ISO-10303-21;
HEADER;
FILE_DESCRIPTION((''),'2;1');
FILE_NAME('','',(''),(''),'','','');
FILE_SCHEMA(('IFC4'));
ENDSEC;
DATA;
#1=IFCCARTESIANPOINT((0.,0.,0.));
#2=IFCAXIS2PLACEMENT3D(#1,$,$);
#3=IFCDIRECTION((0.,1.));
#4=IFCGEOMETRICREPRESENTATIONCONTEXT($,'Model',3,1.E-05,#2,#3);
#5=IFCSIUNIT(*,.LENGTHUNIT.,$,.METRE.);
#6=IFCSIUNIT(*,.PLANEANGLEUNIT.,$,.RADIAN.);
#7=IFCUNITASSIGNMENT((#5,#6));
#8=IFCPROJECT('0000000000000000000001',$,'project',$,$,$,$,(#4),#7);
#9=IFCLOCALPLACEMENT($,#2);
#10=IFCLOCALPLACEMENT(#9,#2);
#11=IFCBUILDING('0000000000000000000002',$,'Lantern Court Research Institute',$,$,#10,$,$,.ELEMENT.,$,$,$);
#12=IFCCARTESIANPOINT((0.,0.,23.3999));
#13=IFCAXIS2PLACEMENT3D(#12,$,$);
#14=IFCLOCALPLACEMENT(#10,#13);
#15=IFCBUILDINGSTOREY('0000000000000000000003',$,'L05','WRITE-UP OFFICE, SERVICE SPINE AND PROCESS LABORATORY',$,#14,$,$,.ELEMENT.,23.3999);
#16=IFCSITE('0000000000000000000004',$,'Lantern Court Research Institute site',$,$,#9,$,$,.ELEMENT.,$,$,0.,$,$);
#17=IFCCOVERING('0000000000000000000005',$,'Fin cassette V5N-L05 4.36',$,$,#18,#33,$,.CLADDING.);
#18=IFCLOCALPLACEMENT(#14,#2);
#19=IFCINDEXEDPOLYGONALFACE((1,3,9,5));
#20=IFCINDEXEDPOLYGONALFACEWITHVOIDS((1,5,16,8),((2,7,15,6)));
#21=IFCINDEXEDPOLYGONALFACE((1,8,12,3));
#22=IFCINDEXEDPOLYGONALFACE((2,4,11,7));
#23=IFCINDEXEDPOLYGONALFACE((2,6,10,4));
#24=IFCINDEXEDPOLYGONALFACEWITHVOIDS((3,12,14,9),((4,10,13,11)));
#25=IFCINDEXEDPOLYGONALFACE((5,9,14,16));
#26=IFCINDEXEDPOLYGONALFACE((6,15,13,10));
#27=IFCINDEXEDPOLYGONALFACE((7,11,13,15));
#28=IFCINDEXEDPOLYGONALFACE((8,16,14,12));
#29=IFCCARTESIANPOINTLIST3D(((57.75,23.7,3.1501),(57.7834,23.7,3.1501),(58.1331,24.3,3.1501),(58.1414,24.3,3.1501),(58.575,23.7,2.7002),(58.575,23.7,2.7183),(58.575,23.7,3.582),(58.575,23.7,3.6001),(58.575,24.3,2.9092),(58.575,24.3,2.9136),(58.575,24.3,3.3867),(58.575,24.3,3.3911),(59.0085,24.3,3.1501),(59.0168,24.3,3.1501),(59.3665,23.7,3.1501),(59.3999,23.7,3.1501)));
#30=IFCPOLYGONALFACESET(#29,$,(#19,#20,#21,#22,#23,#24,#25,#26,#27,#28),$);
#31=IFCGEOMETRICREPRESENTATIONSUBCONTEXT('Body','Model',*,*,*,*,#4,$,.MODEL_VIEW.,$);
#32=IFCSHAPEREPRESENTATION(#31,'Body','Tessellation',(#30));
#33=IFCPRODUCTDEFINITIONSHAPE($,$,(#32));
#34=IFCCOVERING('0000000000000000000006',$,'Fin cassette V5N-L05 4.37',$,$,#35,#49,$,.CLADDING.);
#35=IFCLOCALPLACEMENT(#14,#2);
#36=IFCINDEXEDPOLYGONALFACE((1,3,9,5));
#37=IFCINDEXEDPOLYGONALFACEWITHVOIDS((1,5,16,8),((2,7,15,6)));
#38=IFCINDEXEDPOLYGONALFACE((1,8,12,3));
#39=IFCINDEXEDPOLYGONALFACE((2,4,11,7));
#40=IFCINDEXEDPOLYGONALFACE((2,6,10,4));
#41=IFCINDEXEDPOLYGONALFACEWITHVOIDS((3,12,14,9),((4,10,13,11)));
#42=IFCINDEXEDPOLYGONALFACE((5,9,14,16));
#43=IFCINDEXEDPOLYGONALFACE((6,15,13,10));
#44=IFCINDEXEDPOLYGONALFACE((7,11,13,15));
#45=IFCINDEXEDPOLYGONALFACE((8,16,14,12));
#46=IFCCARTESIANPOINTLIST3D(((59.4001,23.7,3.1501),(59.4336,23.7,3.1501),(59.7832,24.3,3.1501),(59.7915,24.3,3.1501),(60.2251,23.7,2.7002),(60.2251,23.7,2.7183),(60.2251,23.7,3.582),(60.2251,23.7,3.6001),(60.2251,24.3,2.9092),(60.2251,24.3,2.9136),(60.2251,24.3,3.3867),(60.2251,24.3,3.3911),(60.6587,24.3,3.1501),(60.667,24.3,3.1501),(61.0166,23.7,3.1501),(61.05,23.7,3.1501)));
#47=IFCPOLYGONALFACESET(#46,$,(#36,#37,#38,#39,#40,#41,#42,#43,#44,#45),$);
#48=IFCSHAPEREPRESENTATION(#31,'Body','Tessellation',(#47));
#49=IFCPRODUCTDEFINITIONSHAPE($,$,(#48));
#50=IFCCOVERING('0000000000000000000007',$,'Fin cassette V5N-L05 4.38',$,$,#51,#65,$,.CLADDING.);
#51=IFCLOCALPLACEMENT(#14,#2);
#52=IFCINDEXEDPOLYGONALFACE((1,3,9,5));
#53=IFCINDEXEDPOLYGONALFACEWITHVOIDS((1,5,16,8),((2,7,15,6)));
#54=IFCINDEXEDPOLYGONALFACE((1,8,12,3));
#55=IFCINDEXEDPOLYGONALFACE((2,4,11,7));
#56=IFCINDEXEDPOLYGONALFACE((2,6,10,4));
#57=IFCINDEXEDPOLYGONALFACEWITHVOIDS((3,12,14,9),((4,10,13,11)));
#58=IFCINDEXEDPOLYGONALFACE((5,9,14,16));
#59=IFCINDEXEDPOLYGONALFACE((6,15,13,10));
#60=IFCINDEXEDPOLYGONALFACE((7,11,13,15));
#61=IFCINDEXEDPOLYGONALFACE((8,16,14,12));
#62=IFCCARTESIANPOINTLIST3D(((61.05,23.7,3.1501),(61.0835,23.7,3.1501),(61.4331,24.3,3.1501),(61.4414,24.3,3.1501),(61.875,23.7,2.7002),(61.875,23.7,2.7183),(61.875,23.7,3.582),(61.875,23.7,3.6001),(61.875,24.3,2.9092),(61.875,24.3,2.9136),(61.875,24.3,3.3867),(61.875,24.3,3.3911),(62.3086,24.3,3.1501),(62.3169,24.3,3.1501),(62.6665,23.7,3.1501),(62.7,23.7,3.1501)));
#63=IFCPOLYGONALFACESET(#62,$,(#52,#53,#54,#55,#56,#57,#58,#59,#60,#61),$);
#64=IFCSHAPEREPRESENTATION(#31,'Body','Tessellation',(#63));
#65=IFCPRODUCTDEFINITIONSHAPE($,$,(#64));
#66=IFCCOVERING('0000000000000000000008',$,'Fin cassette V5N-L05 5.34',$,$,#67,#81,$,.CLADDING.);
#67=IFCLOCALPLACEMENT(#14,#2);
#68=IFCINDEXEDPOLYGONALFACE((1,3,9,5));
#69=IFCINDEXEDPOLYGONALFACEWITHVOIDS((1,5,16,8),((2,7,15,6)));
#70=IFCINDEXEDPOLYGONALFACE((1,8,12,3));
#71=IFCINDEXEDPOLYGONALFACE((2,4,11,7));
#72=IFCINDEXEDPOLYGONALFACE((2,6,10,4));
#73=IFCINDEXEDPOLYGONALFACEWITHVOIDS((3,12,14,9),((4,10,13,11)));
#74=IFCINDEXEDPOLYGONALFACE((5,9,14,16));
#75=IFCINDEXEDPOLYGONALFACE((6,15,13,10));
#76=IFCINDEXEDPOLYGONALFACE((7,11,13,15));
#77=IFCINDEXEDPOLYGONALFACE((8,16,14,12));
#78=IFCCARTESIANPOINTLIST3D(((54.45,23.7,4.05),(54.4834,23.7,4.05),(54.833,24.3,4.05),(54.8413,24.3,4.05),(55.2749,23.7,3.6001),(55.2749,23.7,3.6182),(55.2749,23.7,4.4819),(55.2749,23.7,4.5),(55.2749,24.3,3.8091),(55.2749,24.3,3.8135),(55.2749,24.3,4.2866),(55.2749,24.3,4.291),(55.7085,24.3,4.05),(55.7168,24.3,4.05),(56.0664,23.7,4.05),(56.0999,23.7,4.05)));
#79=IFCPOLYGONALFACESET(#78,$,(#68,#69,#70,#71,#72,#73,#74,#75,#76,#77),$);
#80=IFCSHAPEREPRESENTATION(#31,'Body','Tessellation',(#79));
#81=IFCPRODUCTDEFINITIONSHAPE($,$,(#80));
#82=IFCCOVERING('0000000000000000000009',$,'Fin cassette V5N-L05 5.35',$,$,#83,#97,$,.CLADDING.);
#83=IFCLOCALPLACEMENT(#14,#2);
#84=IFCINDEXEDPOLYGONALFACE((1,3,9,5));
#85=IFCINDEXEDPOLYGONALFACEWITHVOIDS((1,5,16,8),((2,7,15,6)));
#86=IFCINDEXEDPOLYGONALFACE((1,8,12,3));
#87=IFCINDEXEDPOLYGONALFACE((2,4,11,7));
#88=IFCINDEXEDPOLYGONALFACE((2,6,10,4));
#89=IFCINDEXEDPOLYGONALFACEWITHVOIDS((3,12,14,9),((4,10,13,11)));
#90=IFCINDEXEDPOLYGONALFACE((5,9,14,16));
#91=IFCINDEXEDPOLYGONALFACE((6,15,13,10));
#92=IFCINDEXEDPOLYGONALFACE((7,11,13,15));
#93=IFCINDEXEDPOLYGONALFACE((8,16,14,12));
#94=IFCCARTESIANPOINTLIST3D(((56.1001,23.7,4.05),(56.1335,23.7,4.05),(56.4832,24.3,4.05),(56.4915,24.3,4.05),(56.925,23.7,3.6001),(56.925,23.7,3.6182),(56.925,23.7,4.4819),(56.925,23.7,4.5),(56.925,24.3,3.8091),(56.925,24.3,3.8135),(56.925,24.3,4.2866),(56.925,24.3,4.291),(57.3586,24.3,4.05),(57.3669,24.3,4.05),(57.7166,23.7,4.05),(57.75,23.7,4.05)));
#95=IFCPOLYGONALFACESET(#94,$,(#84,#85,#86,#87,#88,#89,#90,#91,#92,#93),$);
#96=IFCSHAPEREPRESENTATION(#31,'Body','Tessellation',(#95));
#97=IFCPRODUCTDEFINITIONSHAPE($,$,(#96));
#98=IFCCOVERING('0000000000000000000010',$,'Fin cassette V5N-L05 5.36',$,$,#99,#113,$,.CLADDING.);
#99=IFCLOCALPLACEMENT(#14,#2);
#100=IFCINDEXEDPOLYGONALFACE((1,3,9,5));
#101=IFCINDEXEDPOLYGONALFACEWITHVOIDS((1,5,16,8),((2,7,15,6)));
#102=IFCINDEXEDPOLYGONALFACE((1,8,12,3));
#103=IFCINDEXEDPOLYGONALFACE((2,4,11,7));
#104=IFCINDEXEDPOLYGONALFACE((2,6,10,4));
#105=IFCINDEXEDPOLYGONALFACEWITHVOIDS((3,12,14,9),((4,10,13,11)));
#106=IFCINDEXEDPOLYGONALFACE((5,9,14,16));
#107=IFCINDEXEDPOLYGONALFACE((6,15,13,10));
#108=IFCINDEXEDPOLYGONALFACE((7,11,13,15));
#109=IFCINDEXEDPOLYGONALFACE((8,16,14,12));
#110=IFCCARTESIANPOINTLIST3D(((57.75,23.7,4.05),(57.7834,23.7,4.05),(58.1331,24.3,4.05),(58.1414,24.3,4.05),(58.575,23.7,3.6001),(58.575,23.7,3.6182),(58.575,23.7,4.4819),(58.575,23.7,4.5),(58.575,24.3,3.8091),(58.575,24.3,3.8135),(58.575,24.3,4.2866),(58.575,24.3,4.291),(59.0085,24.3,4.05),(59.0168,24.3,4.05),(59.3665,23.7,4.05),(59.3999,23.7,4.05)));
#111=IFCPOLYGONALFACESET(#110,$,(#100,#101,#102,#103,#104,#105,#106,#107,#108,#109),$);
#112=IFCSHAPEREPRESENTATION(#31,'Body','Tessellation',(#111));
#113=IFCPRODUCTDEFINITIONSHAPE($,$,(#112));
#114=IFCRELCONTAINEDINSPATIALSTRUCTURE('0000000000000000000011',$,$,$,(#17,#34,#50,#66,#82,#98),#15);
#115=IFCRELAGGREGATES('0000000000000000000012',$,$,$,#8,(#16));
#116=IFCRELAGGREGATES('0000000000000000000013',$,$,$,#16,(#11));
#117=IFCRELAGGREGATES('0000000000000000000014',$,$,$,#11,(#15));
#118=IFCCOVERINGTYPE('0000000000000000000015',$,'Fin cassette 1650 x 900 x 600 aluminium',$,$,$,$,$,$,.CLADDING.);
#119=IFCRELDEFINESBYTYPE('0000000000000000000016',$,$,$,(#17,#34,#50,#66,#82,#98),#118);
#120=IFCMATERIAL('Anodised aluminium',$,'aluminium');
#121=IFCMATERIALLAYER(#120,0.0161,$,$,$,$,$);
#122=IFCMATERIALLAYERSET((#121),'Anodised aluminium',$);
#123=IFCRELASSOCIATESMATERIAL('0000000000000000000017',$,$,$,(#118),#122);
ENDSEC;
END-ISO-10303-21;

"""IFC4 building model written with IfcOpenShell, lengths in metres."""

from ifc_helpers import new_model, entity, si_unit, direction, frame, origin, place, context, subcontext, project, spatial, material, layer, layer_set, type_object, element, save


model = new_model("IFC4")

# Units and contexts
model_context = context("Model", 3, precision=1e-05, world=origin(), true_north=direction((0.0, 1.0)))
body_context = subcontext(model_context, "Body", "Model", "MODEL_VIEW")
ifc_project = project(units=[si_unit("LENGTHUNIT", "METRE"), si_unit("PLANEANGLEUNIT", "RADIAN")], contexts=[model_context])

# Site, building, storey
site_placement = place(None, origin())
site = spatial("IfcSite", under=ifc_project, at=site_placement, Name="Lantern Court Research Institute site", CompositionType="ELEMENT", RefElevation=0.0)
building_placement = place(site_placement, origin())
building = spatial("IfcBuilding", under=site, at=building_placement, Name="Lantern Court Research Institute", CompositionType="ELEMENT")
storey_placement = place(building_placement, frame((0.0, 0.0, 23.3999)))
storey = spatial("IfcBuildingStorey", under=building, at=storey_placement, Name="L05", Description="WRITE-UP OFFICE, SERVICE SPINE AND PROCESS LABORATORY", CompositionType="ELEMENT", Elevation=23.3999)

# Coverings
ifc_material = material(Name="Anodised aluminium", Category="aluminium")
ifc_layer = layer(ifc_material, 0.0161)
ifc_layer_set = layer_set([ifc_layer], Name="Anodised aluminium")
covering_type = type_object("IfcCoveringType", Name="Fin cassette 1650 x 900 x 600 aluminium", PredefinedType="CLADDING", material=ifc_layer_set)
covering_1_placement = place(storey_placement, frame((58.575, 23.7, 3.1501), z_axis=(0.0, 1.0, 0.0), x_axis=(-1.0, 0.0, 0.0)))
cartesian_point_1 = entity("IfcCartesianPoint", [0.825, 0.0])
cartesian_point_2 = entity("IfcCartesianPoint", [0.7915, 0.0])
cartesian_point_3 = entity("IfcCartesianPoint", [0.4419, 0.0])
cartesian_point_4 = entity("IfcCartesianPoint", [0.4336, 0.0])
element("IfcCovering", 1, at=covering_1_placement, inside=storey, type_object=covering_type, Name="Fin cassette V5N-L05 4.36", PredefinedType="CLADDING", context=body_context, shape_type="SweptSolid", body=[
    entity("IfcExtrudedAreaSolidTapered", entity("IfcArbitraryProfileDefWithVoids", "AREA", None, entity("IfcPolyline", [cartesian_point_1, entity("IfcCartesianPoint", [0.0, 0.45]), entity("IfcCartesianPoint", [-0.825, 0.0]), entity("IfcCartesianPoint", [0.0, -0.45]), cartesian_point_1]), [entity("IfcPolyline", [cartesian_point_2, entity("IfcCartesianPoint", [0.0, 0.4319]), entity("IfcCartesianPoint", [-0.7915, 0.0]), entity("IfcCartesianPoint", [0.0, -0.4319]), cartesian_point_2])]), entity("IfcAxis2Placement3D", entity("IfcCartesianPoint", [0.0, 0.0, 0.0])), entity("IfcDirection", [0.0, 0.0, 1.0]), 0.6001, entity("IfcArbitraryProfileDefWithVoids", "AREA", None, entity("IfcPolyline", [cartesian_point_3, entity("IfcCartesianPoint", [0.0, 0.241]), entity("IfcCartesianPoint", [-0.4419, 0.0]), entity("IfcCartesianPoint", [0.0, -0.241]), cartesian_point_3]), [entity("IfcPolyline", [cartesian_point_4, entity("IfcCartesianPoint", [0.0, 0.2366]), entity("IfcCartesianPoint", [-0.4336, 0.0]), entity("IfcCartesianPoint", [0.0, -0.2366]), cartesian_point_4])])),
])
covering_2_placement = place(storey_placement, frame((60.2251, 23.7, 3.1501), z_axis=(0.0, 1.0, 0.0), x_axis=(-1.0, 0.0, 0.0)))
cartesian_point_5 = entity("IfcCartesianPoint", [0.825, 0.0])
cartesian_point_6 = entity("IfcCartesianPoint", [0.7915, 0.0])
cartesian_point_7 = entity("IfcCartesianPoint", [0.4419, 0.0])
cartesian_point_8 = entity("IfcCartesianPoint", [0.4336, 0.0])
element("IfcCovering", 2, at=covering_2_placement, inside=storey, type_object=covering_type, Name="Fin cassette V5N-L05 4.37", PredefinedType="CLADDING", context=body_context, shape_type="SweptSolid", body=[
    entity("IfcExtrudedAreaSolidTapered", entity("IfcArbitraryProfileDefWithVoids", "AREA", None, entity("IfcPolyline", [cartesian_point_5, entity("IfcCartesianPoint", [0.0, 0.45]), entity("IfcCartesianPoint", [-0.825, 0.0]), entity("IfcCartesianPoint", [0.0, -0.45]), cartesian_point_5]), [entity("IfcPolyline", [cartesian_point_6, entity("IfcCartesianPoint", [0.0, 0.4319]), entity("IfcCartesianPoint", [-0.7915, 0.0]), entity("IfcCartesianPoint", [0.0, -0.4319]), cartesian_point_6])]), entity("IfcAxis2Placement3D", entity("IfcCartesianPoint", [0.0, 0.0, 0.0])), entity("IfcDirection", [0.0, 0.0, 1.0]), 0.6001, entity("IfcArbitraryProfileDefWithVoids", "AREA", None, entity("IfcPolyline", [cartesian_point_7, entity("IfcCartesianPoint", [0.0, 0.241]), entity("IfcCartesianPoint", [-0.4419, 0.0]), entity("IfcCartesianPoint", [0.0, -0.241]), cartesian_point_7]), [entity("IfcPolyline", [cartesian_point_8, entity("IfcCartesianPoint", [0.0, 0.2366]), entity("IfcCartesianPoint", [-0.4336, 0.0]), entity("IfcCartesianPoint", [0.0, -0.2366]), cartesian_point_8])])),
])
covering_3_placement = place(storey_placement, frame((61.875, 23.7, 3.1501), z_axis=(0.0, 1.0, 0.0), x_axis=(-1.0, 0.0, 0.0)))
cartesian_point_9 = entity("IfcCartesianPoint", [0.825, 0.0])
cartesian_point_10 = entity("IfcCartesianPoint", [0.7915, 0.0])
cartesian_point_11 = entity("IfcCartesianPoint", [0.4419, 0.0])
cartesian_point_12 = entity("IfcCartesianPoint", [0.4336, 0.0])
element("IfcCovering", 3, at=covering_3_placement, inside=storey, type_object=covering_type, Name="Fin cassette V5N-L05 4.38", PredefinedType="CLADDING", context=body_context, shape_type="SweptSolid", body=[
    entity("IfcExtrudedAreaSolidTapered", entity("IfcArbitraryProfileDefWithVoids", "AREA", None, entity("IfcPolyline", [cartesian_point_9, entity("IfcCartesianPoint", [0.0, 0.45]), entity("IfcCartesianPoint", [-0.825, 0.0]), entity("IfcCartesianPoint", [0.0, -0.45]), cartesian_point_9]), [entity("IfcPolyline", [cartesian_point_10, entity("IfcCartesianPoint", [0.0, 0.4319]), entity("IfcCartesianPoint", [-0.7915, 0.0]), entity("IfcCartesianPoint", [0.0, -0.4319]), cartesian_point_10])]), entity("IfcAxis2Placement3D", entity("IfcCartesianPoint", [0.0, 0.0, 0.0])), entity("IfcDirection", [0.0, 0.0, 1.0]), 0.6001, entity("IfcArbitraryProfileDefWithVoids", "AREA", None, entity("IfcPolyline", [cartesian_point_11, entity("IfcCartesianPoint", [0.0, 0.241]), entity("IfcCartesianPoint", [-0.4419, 0.0]), entity("IfcCartesianPoint", [0.0, -0.241]), cartesian_point_11]), [entity("IfcPolyline", [cartesian_point_12, entity("IfcCartesianPoint", [0.0, 0.2366]), entity("IfcCartesianPoint", [-0.4336, 0.0]), entity("IfcCartesianPoint", [0.0, -0.2366]), cartesian_point_12])])),
])
covering_4_placement = place(storey_placement, frame((55.2749, 23.7, 4.05), z_axis=(0.0, 1.0, 0.0), x_axis=(-1.0, 0.0, 0.0)))
cartesian_point_13 = entity("IfcCartesianPoint", [0.825, 0.0])
cartesian_point_14 = entity("IfcCartesianPoint", [0.7915, 0.0])
cartesian_point_15 = entity("IfcCartesianPoint", [0.4419, 0.0])
cartesian_point_16 = entity("IfcCartesianPoint", [0.4336, 0.0])
element("IfcCovering", 4, at=covering_4_placement, inside=storey, type_object=covering_type, Name="Fin cassette V5N-L05 5.34", PredefinedType="CLADDING", context=body_context, shape_type="SweptSolid", body=[
    entity("IfcExtrudedAreaSolidTapered", entity("IfcArbitraryProfileDefWithVoids", "AREA", None, entity("IfcPolyline", [cartesian_point_13, entity("IfcCartesianPoint", [0.0, 0.45]), entity("IfcCartesianPoint", [-0.825, 0.0]), entity("IfcCartesianPoint", [0.0, -0.45]), cartesian_point_13]), [entity("IfcPolyline", [cartesian_point_14, entity("IfcCartesianPoint", [0.0, 0.4319]), entity("IfcCartesianPoint", [-0.7915, 0.0]), entity("IfcCartesianPoint", [0.0, -0.4319]), cartesian_point_14])]), entity("IfcAxis2Placement3D", entity("IfcCartesianPoint", [0.0, 0.0, 0.0])), entity("IfcDirection", [0.0, 0.0, 1.0]), 0.6001, entity("IfcArbitraryProfileDefWithVoids", "AREA", None, entity("IfcPolyline", [cartesian_point_15, entity("IfcCartesianPoint", [0.0, 0.241]), entity("IfcCartesianPoint", [-0.4419, 0.0]), entity("IfcCartesianPoint", [0.0, -0.241]), cartesian_point_15]), [entity("IfcPolyline", [cartesian_point_16, entity("IfcCartesianPoint", [0.0, 0.2366]), entity("IfcCartesianPoint", [-0.4336, 0.0]), entity("IfcCartesianPoint", [0.0, -0.2366]), cartesian_point_16])])),
])
covering_5_placement = place(storey_placement, frame((56.925, 23.7, 4.05), z_axis=(0.0, 1.0, 0.0), x_axis=(-1.0, 0.0, 0.0)))
cartesian_point_17 = entity("IfcCartesianPoint", [0.825, 0.0])
cartesian_point_18 = entity("IfcCartesianPoint", [0.7915, 0.0])
cartesian_point_19 = entity("IfcCartesianPoint", [0.4419, 0.0])
cartesian_point_20 = entity("IfcCartesianPoint", [0.4336, 0.0])
element("IfcCovering", 5, at=covering_5_placement, inside=storey, type_object=covering_type, Name="Fin cassette V5N-L05 5.35", PredefinedType="CLADDING", context=body_context, shape_type="SweptSolid", body=[
    entity("IfcExtrudedAreaSolidTapered", entity("IfcArbitraryProfileDefWithVoids", "AREA", None, entity("IfcPolyline", [cartesian_point_17, entity("IfcCartesianPoint", [0.0, 0.45]), entity("IfcCartesianPoint", [-0.825, 0.0]), entity("IfcCartesianPoint", [0.0, -0.45]), cartesian_point_17]), [entity("IfcPolyline", [cartesian_point_18, entity("IfcCartesianPoint", [0.0, 0.4319]), entity("IfcCartesianPoint", [-0.7915, 0.0]), entity("IfcCartesianPoint", [0.0, -0.4319]), cartesian_point_18])]), entity("IfcAxis2Placement3D", entity("IfcCartesianPoint", [0.0, 0.0, 0.0])), entity("IfcDirection", [0.0, 0.0, 1.0]), 0.6001, entity("IfcArbitraryProfileDefWithVoids", "AREA", None, entity("IfcPolyline", [cartesian_point_19, entity("IfcCartesianPoint", [0.0, 0.241]), entity("IfcCartesianPoint", [-0.4419, 0.0]), entity("IfcCartesianPoint", [0.0, -0.241]), cartesian_point_19]), [entity("IfcPolyline", [cartesian_point_20, entity("IfcCartesianPoint", [0.0, 0.2366]), entity("IfcCartesianPoint", [-0.4336, 0.0]), entity("IfcCartesianPoint", [0.0, -0.2366]), cartesian_point_20])])),
])
covering_6_placement = place(storey_placement, frame((58.575, 23.7, 4.05), z_axis=(0.0, 1.0, 0.0), x_axis=(-1.0, 0.0, 0.0)))
cartesian_point_21 = entity("IfcCartesianPoint", [0.825, 0.0])
cartesian_point_22 = entity("IfcCartesianPoint", [0.7915, 0.0])
cartesian_point_23 = entity("IfcCartesianPoint", [0.4419, 0.0])
cartesian_point_24 = entity("IfcCartesianPoint", [0.4336, 0.0])
element("IfcCovering", 6, at=covering_6_placement, inside=storey, type_object=covering_type, Name="Fin cassette V5N-L05 5.36", PredefinedType="CLADDING", context=body_context, shape_type="SweptSolid", body=[
    entity("IfcExtrudedAreaSolidTapered", entity("IfcArbitraryProfileDefWithVoids", "AREA", None, entity("IfcPolyline", [cartesian_point_21, entity("IfcCartesianPoint", [0.0, 0.45]), entity("IfcCartesianPoint", [-0.825, 0.0]), entity("IfcCartesianPoint", [0.0, -0.45]), cartesian_point_21]), [entity("IfcPolyline", [cartesian_point_22, entity("IfcCartesianPoint", [0.0, 0.4319]), entity("IfcCartesianPoint", [-0.7915, 0.0]), entity("IfcCartesianPoint", [0.0, -0.4319]), cartesian_point_22])]), entity("IfcAxis2Placement3D", entity("IfcCartesianPoint", [0.0, 0.0, 0.0])), entity("IfcDirection", [0.0, 0.0, 1.0]), 0.6001, entity("IfcArbitraryProfileDefWithVoids", "AREA", None, entity("IfcPolyline", [cartesian_point_23, entity("IfcCartesianPoint", [0.0, 0.241]), entity("IfcCartesianPoint", [-0.4419, 0.0]), entity("IfcCartesianPoint", [0.0, -0.241]), cartesian_point_23]), [entity("IfcPolyline", [cartesian_point_24, entity("IfcCartesianPoint", [0.0, 0.2366]), entity("IfcCartesianPoint", [-0.4336, 0.0]), entity("IfcCartesianPoint", [0.0, -0.2366]), cartesian_point_24])])),
])

save(model, "model.ifc")
